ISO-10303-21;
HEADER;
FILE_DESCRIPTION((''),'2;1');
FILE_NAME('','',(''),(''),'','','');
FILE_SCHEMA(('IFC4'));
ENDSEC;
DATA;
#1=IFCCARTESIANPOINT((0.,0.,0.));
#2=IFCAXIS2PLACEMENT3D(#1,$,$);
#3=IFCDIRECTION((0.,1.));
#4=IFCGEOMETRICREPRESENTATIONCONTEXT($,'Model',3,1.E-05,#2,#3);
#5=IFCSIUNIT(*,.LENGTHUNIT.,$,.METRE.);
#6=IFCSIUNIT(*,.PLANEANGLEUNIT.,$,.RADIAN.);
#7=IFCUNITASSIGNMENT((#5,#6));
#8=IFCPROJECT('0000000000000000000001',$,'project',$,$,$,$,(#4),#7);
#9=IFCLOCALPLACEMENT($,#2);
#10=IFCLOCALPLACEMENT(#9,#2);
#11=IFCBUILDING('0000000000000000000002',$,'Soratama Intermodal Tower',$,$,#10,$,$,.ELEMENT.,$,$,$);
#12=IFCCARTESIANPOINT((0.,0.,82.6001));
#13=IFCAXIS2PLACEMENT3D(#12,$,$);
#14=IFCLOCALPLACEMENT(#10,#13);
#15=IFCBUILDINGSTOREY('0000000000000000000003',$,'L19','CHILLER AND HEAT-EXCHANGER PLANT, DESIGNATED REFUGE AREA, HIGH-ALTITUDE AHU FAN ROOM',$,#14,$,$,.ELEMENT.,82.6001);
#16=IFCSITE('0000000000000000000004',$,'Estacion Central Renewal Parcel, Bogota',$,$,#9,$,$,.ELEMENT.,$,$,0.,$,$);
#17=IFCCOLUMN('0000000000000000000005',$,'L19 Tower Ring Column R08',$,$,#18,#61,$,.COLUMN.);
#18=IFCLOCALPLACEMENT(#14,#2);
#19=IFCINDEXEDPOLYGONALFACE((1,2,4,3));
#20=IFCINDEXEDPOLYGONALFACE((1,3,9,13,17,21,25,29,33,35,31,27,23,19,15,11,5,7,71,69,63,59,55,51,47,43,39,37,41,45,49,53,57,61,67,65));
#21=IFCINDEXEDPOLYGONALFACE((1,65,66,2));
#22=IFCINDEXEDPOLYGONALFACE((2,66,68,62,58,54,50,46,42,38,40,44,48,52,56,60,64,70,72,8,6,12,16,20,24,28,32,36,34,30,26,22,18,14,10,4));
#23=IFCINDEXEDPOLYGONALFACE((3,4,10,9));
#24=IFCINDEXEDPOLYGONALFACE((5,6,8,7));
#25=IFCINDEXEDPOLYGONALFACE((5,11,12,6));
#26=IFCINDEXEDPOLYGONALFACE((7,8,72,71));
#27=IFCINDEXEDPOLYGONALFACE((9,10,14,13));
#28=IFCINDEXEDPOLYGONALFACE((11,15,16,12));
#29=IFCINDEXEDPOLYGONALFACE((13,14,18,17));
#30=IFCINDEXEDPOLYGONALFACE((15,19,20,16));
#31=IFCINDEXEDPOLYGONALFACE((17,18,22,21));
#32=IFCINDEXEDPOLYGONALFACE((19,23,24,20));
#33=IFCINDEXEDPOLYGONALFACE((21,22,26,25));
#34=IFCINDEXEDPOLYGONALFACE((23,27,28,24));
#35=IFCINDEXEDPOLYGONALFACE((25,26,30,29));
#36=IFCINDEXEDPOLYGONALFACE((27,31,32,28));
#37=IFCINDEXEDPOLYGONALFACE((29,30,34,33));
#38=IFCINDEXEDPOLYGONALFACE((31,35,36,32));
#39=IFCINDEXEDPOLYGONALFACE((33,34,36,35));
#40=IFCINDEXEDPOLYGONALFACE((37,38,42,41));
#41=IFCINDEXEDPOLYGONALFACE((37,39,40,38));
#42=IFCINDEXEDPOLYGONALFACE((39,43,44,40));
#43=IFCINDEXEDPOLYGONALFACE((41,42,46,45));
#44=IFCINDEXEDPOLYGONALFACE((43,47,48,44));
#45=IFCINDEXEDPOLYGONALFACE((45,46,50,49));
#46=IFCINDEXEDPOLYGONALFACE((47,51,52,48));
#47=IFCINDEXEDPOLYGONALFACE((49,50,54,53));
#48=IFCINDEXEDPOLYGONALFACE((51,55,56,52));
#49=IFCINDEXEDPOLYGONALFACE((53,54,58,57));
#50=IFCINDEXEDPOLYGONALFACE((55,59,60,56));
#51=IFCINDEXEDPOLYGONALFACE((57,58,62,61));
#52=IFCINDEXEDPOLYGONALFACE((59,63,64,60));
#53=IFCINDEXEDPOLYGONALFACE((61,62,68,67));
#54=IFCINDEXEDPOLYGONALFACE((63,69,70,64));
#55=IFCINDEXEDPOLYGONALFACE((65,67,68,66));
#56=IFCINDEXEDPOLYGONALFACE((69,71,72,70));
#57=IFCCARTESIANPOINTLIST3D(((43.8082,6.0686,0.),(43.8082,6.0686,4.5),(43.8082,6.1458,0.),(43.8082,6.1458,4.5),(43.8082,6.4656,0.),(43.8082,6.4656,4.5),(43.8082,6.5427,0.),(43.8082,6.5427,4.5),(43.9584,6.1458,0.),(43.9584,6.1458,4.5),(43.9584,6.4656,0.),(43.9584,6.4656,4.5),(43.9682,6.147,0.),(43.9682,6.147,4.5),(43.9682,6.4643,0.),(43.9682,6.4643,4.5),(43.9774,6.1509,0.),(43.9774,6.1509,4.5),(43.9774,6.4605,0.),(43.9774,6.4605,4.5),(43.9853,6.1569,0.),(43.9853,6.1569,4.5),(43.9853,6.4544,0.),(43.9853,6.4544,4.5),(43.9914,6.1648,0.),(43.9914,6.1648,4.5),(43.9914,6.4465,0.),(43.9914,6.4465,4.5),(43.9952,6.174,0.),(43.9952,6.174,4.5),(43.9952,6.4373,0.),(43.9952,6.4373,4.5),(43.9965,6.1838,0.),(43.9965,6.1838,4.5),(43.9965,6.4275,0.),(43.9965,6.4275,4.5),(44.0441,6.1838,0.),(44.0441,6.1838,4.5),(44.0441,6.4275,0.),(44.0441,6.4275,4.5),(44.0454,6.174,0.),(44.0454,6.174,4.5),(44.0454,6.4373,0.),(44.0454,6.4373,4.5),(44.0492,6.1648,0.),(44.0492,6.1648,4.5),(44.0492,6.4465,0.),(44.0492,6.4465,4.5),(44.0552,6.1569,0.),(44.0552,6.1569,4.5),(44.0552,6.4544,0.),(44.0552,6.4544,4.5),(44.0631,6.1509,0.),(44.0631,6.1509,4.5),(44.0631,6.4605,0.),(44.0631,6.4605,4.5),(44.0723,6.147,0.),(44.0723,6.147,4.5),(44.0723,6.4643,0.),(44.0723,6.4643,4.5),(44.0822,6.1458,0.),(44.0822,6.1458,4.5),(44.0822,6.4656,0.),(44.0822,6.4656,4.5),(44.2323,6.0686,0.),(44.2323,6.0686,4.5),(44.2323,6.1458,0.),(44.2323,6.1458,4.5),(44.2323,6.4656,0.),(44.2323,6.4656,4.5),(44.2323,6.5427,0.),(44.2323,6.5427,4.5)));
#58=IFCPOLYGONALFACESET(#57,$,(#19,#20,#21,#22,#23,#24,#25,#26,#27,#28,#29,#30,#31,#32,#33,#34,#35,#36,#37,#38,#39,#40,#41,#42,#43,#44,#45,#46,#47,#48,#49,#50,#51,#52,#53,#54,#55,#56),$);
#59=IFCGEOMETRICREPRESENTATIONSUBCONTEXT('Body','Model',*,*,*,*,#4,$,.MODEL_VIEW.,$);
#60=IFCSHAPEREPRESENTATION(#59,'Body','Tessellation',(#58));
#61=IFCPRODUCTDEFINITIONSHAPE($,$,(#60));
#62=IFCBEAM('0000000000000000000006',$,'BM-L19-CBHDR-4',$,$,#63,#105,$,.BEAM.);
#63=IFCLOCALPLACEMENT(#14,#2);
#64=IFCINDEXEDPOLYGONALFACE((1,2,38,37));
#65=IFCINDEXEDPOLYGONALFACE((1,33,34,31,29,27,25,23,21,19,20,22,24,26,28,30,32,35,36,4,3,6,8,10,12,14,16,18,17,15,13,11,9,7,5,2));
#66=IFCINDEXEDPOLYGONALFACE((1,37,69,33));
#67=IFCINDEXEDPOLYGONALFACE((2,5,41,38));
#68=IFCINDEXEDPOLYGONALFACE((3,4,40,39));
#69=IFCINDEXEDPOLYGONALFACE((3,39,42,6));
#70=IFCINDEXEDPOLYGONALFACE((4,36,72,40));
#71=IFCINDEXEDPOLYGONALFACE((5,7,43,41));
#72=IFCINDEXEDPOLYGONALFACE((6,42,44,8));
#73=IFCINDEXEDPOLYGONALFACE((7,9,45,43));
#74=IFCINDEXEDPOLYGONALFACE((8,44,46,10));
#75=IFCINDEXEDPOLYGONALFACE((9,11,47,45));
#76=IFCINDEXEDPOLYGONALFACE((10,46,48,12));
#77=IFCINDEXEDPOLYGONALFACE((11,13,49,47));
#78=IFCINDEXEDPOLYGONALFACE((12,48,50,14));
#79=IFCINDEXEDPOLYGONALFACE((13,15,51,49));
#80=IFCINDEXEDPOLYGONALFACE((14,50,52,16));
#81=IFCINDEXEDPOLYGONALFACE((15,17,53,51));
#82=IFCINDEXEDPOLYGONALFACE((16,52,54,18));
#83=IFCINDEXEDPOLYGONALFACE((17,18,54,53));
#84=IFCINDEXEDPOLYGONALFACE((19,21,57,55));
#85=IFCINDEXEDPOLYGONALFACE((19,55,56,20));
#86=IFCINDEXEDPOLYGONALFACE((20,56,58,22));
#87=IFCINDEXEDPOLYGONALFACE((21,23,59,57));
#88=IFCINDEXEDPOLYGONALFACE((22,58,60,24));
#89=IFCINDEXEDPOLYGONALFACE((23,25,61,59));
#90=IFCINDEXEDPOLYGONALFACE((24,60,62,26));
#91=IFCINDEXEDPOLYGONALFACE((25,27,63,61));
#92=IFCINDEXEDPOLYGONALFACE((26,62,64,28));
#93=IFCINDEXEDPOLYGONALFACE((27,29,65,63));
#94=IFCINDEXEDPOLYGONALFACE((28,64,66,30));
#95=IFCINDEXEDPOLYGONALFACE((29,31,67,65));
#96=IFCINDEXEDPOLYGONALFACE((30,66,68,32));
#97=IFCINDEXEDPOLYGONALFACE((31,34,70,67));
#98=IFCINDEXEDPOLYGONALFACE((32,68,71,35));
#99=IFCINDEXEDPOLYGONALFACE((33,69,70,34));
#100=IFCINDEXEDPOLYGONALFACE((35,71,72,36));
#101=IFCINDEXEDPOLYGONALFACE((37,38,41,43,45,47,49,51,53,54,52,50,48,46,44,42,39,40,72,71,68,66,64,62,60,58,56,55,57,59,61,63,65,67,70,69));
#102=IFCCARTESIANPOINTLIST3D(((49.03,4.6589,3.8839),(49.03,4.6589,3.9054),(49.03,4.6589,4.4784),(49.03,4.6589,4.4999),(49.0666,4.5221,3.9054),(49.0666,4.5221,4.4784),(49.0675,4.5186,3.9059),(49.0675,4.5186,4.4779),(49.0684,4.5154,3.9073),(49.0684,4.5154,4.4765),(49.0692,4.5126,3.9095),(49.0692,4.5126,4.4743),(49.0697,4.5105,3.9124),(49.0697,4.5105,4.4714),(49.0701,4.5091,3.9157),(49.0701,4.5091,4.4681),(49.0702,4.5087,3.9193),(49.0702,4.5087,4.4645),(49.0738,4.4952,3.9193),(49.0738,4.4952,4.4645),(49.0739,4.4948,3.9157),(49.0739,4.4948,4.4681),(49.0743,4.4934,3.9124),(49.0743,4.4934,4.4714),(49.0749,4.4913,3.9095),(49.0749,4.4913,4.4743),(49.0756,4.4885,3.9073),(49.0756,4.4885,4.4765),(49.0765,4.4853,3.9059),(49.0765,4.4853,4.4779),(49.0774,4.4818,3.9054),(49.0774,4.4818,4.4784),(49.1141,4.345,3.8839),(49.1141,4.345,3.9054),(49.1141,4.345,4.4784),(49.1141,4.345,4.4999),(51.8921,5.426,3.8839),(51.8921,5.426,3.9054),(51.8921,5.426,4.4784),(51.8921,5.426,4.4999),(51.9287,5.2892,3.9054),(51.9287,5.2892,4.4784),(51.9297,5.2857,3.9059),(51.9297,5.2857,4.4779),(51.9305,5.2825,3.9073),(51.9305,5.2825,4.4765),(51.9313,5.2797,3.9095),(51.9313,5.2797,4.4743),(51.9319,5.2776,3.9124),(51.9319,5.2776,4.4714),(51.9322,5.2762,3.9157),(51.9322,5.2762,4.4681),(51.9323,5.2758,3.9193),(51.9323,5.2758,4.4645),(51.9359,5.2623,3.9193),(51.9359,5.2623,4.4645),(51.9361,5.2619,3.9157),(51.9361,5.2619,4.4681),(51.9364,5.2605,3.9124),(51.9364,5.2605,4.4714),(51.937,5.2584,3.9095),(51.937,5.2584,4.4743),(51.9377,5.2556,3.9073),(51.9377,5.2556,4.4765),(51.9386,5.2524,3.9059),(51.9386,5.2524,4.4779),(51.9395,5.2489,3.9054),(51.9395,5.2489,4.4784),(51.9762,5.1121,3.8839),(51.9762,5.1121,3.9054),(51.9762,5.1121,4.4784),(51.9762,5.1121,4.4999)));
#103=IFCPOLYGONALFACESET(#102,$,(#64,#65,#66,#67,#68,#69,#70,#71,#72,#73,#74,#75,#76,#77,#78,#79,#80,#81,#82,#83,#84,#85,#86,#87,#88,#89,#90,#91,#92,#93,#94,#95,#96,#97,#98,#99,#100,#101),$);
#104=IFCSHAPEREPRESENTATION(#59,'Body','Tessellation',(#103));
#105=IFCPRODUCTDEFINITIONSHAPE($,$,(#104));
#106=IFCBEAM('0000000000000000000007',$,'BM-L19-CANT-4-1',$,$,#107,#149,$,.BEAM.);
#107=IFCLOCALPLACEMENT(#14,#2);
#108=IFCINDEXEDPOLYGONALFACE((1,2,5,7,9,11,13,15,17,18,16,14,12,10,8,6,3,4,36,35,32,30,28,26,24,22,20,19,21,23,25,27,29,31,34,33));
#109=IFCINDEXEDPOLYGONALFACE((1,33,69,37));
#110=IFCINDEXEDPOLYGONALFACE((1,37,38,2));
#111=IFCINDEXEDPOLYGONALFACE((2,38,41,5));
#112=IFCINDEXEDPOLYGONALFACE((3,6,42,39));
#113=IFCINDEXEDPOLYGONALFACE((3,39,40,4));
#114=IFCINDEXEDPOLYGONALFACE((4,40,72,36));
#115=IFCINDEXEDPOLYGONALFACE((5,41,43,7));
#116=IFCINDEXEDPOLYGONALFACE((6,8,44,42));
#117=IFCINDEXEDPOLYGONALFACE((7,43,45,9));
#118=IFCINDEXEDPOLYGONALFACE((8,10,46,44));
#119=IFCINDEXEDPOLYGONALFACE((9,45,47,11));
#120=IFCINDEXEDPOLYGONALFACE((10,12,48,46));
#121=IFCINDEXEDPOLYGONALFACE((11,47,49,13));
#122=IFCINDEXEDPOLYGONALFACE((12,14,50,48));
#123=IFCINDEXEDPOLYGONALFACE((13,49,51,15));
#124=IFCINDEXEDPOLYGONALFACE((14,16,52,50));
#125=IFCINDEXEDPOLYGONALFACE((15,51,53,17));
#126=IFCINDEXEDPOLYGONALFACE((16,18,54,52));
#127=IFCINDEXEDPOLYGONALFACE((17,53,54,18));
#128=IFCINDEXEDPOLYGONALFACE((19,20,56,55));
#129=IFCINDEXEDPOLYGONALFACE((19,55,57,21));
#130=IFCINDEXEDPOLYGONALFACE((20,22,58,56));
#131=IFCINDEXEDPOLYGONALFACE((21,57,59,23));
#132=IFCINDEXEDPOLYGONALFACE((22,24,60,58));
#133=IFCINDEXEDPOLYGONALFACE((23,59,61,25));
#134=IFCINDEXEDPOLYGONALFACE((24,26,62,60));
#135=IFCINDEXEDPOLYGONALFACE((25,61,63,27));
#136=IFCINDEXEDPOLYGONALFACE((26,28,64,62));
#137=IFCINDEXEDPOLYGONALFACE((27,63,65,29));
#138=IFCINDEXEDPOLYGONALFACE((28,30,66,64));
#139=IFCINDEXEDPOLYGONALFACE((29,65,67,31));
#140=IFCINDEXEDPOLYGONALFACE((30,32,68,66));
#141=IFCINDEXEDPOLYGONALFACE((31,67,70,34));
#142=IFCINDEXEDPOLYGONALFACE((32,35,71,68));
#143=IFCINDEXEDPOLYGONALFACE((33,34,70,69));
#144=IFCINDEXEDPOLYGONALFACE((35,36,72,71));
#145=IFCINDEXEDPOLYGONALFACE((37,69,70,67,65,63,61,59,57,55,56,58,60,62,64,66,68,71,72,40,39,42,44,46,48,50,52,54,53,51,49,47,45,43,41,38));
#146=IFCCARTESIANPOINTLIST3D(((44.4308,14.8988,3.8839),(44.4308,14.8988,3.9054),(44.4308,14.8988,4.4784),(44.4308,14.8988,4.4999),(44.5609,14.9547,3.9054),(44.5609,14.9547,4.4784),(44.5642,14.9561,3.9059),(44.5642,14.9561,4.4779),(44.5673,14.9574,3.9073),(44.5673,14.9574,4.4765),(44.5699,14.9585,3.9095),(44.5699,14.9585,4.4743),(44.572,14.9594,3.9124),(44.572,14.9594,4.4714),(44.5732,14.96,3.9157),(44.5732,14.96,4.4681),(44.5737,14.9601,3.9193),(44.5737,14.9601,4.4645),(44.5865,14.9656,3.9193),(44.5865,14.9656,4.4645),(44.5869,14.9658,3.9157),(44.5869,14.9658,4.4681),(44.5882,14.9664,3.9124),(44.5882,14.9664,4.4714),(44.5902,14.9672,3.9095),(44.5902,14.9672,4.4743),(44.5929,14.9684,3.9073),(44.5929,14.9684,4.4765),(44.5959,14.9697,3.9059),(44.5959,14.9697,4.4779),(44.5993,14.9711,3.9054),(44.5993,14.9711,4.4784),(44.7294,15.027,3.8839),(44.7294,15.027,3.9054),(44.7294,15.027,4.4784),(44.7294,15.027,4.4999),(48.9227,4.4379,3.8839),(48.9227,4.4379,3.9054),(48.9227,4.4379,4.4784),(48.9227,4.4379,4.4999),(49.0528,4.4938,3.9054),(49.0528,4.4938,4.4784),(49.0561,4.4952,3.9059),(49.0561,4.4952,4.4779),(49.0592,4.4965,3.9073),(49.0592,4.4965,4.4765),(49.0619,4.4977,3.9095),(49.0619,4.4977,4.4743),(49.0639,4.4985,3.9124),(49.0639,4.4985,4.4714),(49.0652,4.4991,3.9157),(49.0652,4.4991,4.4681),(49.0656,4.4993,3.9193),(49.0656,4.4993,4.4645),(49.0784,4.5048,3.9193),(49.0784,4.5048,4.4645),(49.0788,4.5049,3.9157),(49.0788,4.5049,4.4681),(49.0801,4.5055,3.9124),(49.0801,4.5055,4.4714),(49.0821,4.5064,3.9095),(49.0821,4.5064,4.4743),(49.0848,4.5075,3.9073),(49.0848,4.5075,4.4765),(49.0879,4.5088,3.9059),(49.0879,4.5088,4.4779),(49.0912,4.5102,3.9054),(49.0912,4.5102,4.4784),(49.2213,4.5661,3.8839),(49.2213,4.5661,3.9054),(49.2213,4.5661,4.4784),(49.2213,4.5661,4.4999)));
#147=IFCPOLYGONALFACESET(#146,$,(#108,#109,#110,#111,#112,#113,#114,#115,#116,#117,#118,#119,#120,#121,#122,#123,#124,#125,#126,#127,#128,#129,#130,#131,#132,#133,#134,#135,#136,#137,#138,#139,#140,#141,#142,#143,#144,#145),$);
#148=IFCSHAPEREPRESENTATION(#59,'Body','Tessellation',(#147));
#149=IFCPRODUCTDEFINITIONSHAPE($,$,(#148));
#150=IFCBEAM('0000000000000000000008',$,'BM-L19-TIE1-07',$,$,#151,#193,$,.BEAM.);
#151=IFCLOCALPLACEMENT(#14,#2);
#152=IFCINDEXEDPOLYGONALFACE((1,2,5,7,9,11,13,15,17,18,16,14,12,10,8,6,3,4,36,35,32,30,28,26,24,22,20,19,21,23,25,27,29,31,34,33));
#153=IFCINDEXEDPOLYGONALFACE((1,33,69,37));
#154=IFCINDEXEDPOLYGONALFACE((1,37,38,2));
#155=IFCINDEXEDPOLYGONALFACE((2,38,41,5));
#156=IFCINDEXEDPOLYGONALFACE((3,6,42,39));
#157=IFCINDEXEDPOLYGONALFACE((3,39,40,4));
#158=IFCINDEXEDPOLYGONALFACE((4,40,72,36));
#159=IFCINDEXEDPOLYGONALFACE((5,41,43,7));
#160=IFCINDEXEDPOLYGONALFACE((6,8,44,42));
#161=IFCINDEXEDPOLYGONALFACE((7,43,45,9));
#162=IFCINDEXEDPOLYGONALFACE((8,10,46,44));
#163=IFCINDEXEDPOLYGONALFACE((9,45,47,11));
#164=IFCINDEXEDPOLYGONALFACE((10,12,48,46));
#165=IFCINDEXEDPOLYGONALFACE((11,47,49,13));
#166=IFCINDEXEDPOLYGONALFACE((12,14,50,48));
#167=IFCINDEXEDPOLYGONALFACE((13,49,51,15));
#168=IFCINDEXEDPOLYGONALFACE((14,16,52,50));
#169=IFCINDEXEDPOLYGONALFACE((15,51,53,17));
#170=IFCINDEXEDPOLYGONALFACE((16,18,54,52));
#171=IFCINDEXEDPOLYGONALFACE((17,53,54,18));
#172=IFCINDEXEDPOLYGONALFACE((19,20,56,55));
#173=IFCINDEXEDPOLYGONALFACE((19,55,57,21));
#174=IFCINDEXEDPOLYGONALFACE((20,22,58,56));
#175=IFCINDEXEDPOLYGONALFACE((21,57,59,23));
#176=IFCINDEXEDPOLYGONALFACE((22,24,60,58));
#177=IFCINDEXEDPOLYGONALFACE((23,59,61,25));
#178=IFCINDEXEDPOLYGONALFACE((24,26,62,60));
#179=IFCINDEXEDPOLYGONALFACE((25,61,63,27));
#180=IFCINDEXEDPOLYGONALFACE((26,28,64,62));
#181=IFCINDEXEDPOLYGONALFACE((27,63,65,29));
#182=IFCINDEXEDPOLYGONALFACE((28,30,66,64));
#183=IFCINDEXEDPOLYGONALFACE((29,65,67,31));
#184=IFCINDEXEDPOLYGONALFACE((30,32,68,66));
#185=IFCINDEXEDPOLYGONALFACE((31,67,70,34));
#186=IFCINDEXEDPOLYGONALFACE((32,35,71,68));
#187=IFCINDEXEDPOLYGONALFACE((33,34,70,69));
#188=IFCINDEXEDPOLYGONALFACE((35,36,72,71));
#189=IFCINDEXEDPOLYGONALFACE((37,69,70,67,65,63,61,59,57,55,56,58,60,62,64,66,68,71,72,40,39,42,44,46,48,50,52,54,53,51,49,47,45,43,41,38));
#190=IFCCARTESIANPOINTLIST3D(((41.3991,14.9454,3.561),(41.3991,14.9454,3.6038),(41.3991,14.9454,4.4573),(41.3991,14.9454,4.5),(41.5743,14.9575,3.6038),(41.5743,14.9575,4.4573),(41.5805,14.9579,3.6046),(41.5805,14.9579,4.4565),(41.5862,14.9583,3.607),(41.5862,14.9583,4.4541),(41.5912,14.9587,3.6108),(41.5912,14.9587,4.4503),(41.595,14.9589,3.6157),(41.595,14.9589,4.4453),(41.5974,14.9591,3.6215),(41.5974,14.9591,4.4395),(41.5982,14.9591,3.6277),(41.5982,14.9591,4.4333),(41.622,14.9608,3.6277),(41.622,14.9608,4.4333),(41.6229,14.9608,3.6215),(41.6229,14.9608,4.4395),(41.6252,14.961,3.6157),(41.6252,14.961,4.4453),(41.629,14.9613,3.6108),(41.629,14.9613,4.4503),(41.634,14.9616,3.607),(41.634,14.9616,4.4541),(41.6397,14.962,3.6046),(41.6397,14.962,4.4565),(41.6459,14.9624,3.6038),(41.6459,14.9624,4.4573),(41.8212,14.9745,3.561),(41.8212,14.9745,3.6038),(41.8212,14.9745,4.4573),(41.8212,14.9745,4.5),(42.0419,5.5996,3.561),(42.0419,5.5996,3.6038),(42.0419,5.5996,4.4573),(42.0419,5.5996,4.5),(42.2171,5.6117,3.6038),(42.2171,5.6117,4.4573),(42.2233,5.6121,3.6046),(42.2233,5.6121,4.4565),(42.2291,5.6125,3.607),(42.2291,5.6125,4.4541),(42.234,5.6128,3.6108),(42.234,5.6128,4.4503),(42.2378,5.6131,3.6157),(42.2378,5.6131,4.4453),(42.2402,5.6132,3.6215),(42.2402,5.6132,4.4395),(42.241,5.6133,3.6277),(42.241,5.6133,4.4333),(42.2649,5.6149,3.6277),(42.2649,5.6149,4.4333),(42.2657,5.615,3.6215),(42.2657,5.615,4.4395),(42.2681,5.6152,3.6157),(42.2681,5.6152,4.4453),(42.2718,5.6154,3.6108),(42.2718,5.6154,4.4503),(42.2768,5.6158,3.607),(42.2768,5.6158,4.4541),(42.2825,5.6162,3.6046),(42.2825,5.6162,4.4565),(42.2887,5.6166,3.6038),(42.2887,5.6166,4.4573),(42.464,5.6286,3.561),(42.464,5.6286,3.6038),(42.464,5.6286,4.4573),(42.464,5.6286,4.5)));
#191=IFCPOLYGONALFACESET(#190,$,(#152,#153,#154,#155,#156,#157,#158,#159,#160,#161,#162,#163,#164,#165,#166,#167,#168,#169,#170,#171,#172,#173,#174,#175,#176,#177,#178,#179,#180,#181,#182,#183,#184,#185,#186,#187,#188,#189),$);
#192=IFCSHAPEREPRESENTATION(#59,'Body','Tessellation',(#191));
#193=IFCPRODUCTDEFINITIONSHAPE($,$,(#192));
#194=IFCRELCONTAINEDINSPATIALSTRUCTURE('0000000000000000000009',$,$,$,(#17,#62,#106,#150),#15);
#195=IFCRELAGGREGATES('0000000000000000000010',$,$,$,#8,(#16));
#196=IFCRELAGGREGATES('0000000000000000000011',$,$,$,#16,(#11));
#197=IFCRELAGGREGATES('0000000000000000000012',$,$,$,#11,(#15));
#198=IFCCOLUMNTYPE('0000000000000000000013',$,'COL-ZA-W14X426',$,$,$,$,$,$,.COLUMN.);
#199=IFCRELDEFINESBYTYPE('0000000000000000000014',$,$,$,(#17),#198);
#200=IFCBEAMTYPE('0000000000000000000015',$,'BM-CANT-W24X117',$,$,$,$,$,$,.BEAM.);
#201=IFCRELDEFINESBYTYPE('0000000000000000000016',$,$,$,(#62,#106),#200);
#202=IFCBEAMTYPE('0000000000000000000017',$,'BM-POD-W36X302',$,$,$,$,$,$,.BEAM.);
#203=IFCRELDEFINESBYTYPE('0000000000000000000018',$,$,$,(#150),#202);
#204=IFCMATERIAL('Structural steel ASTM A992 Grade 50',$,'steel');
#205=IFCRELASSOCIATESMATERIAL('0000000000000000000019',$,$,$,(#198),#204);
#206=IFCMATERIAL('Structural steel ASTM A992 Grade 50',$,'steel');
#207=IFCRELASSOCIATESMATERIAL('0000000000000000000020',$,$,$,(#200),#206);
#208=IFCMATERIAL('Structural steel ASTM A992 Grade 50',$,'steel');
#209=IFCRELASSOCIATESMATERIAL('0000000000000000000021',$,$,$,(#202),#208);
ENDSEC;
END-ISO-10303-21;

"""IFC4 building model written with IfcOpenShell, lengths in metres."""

from ifc_helpers import new_model, si_unit, direction, frame, origin, origin_2d, place, context, subcontext, project, spatial, i_section, extrude, material, material_profile, profile_set, type_object, element, save


model = new_model("IFC4")

# Units and contexts
model_context = context("Model", 3, precision=1e-05, world=origin(), true_north=direction((0.0, 1.0)))
body_context = subcontext(model_context, "Body", "Model", "MODEL_VIEW")
ifc_project = project(units=[si_unit("LENGTHUNIT", "METRE"), si_unit("PLANEANGLEUNIT", "RADIAN")], contexts=[model_context])

# Site, building, storey
site_placement = place(None, origin())
site = spatial("IfcSite", under=ifc_project, at=site_placement, Name="Estacion Central Renewal Parcel, Bogota", CompositionType="ELEMENT", RefElevation=0.0)
building_placement = place(site_placement, origin())
building = spatial("IfcBuilding", under=site, at=building_placement, Name="Soratama Intermodal Tower", CompositionType="ELEMENT")
storey_placement = place(building_placement, frame((0.0, 0.0, 82.6001)))
storey = spatial("IfcBuildingStorey", under=building, at=storey_placement, Name="L19", Description="CHILLER AND HEAT-EXCHANGER PLANT, DESIGNATED REFUGE AREA, HIGH-ALTITUDE AHU FAN ROOM", CompositionType="ELEMENT", Elevation=82.6001)

# Column
ifc_material_1 = material(Name="Structural steel ASTM A992 Grade 50", Category="steel")
ifc_material_profile_1 = material_profile(ifc_material_1, i_section(OverallWidth=0.4241, OverallDepth=0.4741, WebThickness=0.0476, FlangeThickness=0.0771, FilletRadius=0.0381, at=origin_2d()), Name="W14X426")
ifc_profile_set_1 = profile_set([ifc_material_profile_1], Name="Structural steel ASTM A992 Grade 50")
column_type = type_object("IfcColumnType", Name="COL-ZA-W14X426", PredefinedType="COLUMN", material=ifc_profile_set_1)
column_placement = place(storey_placement, frame((44.0203, 6.3057, 0.0), z_axis=(0.0, 0.0, 1.0), x_axis=(1.0, 0.0, 0.0)))
element("IfcColumn", 1, at=column_placement, inside=storey, type_object=column_type, Name="L19 Tower Ring Column R08", PredefinedType="COLUMN", context=body_context, shape_type="SweptSolid", body=[
    extrude(i_section(OverallWidth=0.4241, OverallDepth=0.4741, WebThickness=0.0476, FlangeThickness=0.0771, FilletRadius=0.0381, at=origin_2d()), origin(), (0.0, 0.0, 1.0), 4.5),
])

# Beams
ifc_material_2 = material(Name="Structural steel ASTM A992 Grade 50", Category="steel")
ifc_material_profile_2 = material_profile(ifc_material_2, i_section(OverallWidth=0.325, OverallDepth=0.616, WebThickness=0.0139, FlangeThickness=0.0215, FilletRadius=0.0139, at=origin_2d()), Name="W24X117")
ifc_profile_set_2 = profile_set([ifc_material_profile_2], Name="Structural steel ASTM A992 Grade 50")
beam_type_1 = type_object("IfcBeamType", Name="BM-CANT-W24X117", PredefinedType="BEAM", material=ifc_profile_set_2)
beam_1_placement = place(storey_placement, frame((49.072, 4.502, 4.1919), z_axis=(0.965909, 0.258883, 0.0), x_axis=(-0.258883, 0.965909, 0.0)))
element("IfcBeam", 2, at=beam_1_placement, inside=storey, type_object=beam_type_1, Name="BM-L19-CBHDR-4", PredefinedType="BEAM", context=body_context, shape_type="SweptSolid", body=[
    extrude(i_section(OverallWidth=0.325, OverallDepth=0.616, WebThickness=0.0139, FlangeThickness=0.0215, FilletRadius=0.0139, at=origin_2d()), origin(), (0.0, 0.0, 1.0), 2.9631),
])
beam_2_placement = place(storey_placement, frame((44.5801, 14.9629, 4.1919), z_axis=(0.394564, -0.918869, 0.0), x_axis=(0.918869, 0.394564, 0.0)))
element("IfcBeam", 3, at=beam_2_placement, inside=storey, type_object=beam_type_1, Name="BM-L19-CANT-4-1", PredefinedType="BEAM", context=body_context, shape_type="SweptSolid", body=[
    extrude(i_section(OverallWidth=0.325, OverallDepth=0.616, WebThickness=0.0139, FlangeThickness=0.0215, FilletRadius=0.0139, at=origin_2d()), origin(), (0.0, 0.0, 1.0), 11.3845),
])
ifc_material_3 = material(Name="Structural steel ASTM A992 Grade 50", Category="steel")
ifc_material_profile_3 = material_profile(ifc_material_3, i_section(OverallWidth=0.4231, OverallDepth=0.939, WebThickness=0.0239, FlangeThickness=0.0427, FilletRadius=0.0239, at=origin_2d()), Name="W36X302")
ifc_profile_set_3 = profile_set([ifc_material_profile_3], Name="Structural steel ASTM A992 Grade 50")
beam_type_2 = type_object("IfcBeamType", Name="BM-POD-W36X302", PredefinedType="BEAM", material=ifc_profile_set_3)
beam_3_placement = place(storey_placement, frame((41.6101, 14.96, 4.0305), z_axis=(0.068619, -0.997643, 0.0), x_axis=(0.997643, 0.068619, 0.0)))
element("IfcBeam", 4, at=beam_3_placement, inside=storey, type_object=beam_type_2, Name="BM-L19-TIE1-07", PredefinedType="BEAM", context=body_context, shape_type="SweptSolid", body=[
    extrude(i_section(OverallWidth=0.4231, OverallDepth=0.939, WebThickness=0.0239, FlangeThickness=0.0427, FilletRadius=0.0239, at=origin_2d()), origin(), (0.0, 0.0, 1.0), 9.3679),
])

save(model, "model.ifc")
